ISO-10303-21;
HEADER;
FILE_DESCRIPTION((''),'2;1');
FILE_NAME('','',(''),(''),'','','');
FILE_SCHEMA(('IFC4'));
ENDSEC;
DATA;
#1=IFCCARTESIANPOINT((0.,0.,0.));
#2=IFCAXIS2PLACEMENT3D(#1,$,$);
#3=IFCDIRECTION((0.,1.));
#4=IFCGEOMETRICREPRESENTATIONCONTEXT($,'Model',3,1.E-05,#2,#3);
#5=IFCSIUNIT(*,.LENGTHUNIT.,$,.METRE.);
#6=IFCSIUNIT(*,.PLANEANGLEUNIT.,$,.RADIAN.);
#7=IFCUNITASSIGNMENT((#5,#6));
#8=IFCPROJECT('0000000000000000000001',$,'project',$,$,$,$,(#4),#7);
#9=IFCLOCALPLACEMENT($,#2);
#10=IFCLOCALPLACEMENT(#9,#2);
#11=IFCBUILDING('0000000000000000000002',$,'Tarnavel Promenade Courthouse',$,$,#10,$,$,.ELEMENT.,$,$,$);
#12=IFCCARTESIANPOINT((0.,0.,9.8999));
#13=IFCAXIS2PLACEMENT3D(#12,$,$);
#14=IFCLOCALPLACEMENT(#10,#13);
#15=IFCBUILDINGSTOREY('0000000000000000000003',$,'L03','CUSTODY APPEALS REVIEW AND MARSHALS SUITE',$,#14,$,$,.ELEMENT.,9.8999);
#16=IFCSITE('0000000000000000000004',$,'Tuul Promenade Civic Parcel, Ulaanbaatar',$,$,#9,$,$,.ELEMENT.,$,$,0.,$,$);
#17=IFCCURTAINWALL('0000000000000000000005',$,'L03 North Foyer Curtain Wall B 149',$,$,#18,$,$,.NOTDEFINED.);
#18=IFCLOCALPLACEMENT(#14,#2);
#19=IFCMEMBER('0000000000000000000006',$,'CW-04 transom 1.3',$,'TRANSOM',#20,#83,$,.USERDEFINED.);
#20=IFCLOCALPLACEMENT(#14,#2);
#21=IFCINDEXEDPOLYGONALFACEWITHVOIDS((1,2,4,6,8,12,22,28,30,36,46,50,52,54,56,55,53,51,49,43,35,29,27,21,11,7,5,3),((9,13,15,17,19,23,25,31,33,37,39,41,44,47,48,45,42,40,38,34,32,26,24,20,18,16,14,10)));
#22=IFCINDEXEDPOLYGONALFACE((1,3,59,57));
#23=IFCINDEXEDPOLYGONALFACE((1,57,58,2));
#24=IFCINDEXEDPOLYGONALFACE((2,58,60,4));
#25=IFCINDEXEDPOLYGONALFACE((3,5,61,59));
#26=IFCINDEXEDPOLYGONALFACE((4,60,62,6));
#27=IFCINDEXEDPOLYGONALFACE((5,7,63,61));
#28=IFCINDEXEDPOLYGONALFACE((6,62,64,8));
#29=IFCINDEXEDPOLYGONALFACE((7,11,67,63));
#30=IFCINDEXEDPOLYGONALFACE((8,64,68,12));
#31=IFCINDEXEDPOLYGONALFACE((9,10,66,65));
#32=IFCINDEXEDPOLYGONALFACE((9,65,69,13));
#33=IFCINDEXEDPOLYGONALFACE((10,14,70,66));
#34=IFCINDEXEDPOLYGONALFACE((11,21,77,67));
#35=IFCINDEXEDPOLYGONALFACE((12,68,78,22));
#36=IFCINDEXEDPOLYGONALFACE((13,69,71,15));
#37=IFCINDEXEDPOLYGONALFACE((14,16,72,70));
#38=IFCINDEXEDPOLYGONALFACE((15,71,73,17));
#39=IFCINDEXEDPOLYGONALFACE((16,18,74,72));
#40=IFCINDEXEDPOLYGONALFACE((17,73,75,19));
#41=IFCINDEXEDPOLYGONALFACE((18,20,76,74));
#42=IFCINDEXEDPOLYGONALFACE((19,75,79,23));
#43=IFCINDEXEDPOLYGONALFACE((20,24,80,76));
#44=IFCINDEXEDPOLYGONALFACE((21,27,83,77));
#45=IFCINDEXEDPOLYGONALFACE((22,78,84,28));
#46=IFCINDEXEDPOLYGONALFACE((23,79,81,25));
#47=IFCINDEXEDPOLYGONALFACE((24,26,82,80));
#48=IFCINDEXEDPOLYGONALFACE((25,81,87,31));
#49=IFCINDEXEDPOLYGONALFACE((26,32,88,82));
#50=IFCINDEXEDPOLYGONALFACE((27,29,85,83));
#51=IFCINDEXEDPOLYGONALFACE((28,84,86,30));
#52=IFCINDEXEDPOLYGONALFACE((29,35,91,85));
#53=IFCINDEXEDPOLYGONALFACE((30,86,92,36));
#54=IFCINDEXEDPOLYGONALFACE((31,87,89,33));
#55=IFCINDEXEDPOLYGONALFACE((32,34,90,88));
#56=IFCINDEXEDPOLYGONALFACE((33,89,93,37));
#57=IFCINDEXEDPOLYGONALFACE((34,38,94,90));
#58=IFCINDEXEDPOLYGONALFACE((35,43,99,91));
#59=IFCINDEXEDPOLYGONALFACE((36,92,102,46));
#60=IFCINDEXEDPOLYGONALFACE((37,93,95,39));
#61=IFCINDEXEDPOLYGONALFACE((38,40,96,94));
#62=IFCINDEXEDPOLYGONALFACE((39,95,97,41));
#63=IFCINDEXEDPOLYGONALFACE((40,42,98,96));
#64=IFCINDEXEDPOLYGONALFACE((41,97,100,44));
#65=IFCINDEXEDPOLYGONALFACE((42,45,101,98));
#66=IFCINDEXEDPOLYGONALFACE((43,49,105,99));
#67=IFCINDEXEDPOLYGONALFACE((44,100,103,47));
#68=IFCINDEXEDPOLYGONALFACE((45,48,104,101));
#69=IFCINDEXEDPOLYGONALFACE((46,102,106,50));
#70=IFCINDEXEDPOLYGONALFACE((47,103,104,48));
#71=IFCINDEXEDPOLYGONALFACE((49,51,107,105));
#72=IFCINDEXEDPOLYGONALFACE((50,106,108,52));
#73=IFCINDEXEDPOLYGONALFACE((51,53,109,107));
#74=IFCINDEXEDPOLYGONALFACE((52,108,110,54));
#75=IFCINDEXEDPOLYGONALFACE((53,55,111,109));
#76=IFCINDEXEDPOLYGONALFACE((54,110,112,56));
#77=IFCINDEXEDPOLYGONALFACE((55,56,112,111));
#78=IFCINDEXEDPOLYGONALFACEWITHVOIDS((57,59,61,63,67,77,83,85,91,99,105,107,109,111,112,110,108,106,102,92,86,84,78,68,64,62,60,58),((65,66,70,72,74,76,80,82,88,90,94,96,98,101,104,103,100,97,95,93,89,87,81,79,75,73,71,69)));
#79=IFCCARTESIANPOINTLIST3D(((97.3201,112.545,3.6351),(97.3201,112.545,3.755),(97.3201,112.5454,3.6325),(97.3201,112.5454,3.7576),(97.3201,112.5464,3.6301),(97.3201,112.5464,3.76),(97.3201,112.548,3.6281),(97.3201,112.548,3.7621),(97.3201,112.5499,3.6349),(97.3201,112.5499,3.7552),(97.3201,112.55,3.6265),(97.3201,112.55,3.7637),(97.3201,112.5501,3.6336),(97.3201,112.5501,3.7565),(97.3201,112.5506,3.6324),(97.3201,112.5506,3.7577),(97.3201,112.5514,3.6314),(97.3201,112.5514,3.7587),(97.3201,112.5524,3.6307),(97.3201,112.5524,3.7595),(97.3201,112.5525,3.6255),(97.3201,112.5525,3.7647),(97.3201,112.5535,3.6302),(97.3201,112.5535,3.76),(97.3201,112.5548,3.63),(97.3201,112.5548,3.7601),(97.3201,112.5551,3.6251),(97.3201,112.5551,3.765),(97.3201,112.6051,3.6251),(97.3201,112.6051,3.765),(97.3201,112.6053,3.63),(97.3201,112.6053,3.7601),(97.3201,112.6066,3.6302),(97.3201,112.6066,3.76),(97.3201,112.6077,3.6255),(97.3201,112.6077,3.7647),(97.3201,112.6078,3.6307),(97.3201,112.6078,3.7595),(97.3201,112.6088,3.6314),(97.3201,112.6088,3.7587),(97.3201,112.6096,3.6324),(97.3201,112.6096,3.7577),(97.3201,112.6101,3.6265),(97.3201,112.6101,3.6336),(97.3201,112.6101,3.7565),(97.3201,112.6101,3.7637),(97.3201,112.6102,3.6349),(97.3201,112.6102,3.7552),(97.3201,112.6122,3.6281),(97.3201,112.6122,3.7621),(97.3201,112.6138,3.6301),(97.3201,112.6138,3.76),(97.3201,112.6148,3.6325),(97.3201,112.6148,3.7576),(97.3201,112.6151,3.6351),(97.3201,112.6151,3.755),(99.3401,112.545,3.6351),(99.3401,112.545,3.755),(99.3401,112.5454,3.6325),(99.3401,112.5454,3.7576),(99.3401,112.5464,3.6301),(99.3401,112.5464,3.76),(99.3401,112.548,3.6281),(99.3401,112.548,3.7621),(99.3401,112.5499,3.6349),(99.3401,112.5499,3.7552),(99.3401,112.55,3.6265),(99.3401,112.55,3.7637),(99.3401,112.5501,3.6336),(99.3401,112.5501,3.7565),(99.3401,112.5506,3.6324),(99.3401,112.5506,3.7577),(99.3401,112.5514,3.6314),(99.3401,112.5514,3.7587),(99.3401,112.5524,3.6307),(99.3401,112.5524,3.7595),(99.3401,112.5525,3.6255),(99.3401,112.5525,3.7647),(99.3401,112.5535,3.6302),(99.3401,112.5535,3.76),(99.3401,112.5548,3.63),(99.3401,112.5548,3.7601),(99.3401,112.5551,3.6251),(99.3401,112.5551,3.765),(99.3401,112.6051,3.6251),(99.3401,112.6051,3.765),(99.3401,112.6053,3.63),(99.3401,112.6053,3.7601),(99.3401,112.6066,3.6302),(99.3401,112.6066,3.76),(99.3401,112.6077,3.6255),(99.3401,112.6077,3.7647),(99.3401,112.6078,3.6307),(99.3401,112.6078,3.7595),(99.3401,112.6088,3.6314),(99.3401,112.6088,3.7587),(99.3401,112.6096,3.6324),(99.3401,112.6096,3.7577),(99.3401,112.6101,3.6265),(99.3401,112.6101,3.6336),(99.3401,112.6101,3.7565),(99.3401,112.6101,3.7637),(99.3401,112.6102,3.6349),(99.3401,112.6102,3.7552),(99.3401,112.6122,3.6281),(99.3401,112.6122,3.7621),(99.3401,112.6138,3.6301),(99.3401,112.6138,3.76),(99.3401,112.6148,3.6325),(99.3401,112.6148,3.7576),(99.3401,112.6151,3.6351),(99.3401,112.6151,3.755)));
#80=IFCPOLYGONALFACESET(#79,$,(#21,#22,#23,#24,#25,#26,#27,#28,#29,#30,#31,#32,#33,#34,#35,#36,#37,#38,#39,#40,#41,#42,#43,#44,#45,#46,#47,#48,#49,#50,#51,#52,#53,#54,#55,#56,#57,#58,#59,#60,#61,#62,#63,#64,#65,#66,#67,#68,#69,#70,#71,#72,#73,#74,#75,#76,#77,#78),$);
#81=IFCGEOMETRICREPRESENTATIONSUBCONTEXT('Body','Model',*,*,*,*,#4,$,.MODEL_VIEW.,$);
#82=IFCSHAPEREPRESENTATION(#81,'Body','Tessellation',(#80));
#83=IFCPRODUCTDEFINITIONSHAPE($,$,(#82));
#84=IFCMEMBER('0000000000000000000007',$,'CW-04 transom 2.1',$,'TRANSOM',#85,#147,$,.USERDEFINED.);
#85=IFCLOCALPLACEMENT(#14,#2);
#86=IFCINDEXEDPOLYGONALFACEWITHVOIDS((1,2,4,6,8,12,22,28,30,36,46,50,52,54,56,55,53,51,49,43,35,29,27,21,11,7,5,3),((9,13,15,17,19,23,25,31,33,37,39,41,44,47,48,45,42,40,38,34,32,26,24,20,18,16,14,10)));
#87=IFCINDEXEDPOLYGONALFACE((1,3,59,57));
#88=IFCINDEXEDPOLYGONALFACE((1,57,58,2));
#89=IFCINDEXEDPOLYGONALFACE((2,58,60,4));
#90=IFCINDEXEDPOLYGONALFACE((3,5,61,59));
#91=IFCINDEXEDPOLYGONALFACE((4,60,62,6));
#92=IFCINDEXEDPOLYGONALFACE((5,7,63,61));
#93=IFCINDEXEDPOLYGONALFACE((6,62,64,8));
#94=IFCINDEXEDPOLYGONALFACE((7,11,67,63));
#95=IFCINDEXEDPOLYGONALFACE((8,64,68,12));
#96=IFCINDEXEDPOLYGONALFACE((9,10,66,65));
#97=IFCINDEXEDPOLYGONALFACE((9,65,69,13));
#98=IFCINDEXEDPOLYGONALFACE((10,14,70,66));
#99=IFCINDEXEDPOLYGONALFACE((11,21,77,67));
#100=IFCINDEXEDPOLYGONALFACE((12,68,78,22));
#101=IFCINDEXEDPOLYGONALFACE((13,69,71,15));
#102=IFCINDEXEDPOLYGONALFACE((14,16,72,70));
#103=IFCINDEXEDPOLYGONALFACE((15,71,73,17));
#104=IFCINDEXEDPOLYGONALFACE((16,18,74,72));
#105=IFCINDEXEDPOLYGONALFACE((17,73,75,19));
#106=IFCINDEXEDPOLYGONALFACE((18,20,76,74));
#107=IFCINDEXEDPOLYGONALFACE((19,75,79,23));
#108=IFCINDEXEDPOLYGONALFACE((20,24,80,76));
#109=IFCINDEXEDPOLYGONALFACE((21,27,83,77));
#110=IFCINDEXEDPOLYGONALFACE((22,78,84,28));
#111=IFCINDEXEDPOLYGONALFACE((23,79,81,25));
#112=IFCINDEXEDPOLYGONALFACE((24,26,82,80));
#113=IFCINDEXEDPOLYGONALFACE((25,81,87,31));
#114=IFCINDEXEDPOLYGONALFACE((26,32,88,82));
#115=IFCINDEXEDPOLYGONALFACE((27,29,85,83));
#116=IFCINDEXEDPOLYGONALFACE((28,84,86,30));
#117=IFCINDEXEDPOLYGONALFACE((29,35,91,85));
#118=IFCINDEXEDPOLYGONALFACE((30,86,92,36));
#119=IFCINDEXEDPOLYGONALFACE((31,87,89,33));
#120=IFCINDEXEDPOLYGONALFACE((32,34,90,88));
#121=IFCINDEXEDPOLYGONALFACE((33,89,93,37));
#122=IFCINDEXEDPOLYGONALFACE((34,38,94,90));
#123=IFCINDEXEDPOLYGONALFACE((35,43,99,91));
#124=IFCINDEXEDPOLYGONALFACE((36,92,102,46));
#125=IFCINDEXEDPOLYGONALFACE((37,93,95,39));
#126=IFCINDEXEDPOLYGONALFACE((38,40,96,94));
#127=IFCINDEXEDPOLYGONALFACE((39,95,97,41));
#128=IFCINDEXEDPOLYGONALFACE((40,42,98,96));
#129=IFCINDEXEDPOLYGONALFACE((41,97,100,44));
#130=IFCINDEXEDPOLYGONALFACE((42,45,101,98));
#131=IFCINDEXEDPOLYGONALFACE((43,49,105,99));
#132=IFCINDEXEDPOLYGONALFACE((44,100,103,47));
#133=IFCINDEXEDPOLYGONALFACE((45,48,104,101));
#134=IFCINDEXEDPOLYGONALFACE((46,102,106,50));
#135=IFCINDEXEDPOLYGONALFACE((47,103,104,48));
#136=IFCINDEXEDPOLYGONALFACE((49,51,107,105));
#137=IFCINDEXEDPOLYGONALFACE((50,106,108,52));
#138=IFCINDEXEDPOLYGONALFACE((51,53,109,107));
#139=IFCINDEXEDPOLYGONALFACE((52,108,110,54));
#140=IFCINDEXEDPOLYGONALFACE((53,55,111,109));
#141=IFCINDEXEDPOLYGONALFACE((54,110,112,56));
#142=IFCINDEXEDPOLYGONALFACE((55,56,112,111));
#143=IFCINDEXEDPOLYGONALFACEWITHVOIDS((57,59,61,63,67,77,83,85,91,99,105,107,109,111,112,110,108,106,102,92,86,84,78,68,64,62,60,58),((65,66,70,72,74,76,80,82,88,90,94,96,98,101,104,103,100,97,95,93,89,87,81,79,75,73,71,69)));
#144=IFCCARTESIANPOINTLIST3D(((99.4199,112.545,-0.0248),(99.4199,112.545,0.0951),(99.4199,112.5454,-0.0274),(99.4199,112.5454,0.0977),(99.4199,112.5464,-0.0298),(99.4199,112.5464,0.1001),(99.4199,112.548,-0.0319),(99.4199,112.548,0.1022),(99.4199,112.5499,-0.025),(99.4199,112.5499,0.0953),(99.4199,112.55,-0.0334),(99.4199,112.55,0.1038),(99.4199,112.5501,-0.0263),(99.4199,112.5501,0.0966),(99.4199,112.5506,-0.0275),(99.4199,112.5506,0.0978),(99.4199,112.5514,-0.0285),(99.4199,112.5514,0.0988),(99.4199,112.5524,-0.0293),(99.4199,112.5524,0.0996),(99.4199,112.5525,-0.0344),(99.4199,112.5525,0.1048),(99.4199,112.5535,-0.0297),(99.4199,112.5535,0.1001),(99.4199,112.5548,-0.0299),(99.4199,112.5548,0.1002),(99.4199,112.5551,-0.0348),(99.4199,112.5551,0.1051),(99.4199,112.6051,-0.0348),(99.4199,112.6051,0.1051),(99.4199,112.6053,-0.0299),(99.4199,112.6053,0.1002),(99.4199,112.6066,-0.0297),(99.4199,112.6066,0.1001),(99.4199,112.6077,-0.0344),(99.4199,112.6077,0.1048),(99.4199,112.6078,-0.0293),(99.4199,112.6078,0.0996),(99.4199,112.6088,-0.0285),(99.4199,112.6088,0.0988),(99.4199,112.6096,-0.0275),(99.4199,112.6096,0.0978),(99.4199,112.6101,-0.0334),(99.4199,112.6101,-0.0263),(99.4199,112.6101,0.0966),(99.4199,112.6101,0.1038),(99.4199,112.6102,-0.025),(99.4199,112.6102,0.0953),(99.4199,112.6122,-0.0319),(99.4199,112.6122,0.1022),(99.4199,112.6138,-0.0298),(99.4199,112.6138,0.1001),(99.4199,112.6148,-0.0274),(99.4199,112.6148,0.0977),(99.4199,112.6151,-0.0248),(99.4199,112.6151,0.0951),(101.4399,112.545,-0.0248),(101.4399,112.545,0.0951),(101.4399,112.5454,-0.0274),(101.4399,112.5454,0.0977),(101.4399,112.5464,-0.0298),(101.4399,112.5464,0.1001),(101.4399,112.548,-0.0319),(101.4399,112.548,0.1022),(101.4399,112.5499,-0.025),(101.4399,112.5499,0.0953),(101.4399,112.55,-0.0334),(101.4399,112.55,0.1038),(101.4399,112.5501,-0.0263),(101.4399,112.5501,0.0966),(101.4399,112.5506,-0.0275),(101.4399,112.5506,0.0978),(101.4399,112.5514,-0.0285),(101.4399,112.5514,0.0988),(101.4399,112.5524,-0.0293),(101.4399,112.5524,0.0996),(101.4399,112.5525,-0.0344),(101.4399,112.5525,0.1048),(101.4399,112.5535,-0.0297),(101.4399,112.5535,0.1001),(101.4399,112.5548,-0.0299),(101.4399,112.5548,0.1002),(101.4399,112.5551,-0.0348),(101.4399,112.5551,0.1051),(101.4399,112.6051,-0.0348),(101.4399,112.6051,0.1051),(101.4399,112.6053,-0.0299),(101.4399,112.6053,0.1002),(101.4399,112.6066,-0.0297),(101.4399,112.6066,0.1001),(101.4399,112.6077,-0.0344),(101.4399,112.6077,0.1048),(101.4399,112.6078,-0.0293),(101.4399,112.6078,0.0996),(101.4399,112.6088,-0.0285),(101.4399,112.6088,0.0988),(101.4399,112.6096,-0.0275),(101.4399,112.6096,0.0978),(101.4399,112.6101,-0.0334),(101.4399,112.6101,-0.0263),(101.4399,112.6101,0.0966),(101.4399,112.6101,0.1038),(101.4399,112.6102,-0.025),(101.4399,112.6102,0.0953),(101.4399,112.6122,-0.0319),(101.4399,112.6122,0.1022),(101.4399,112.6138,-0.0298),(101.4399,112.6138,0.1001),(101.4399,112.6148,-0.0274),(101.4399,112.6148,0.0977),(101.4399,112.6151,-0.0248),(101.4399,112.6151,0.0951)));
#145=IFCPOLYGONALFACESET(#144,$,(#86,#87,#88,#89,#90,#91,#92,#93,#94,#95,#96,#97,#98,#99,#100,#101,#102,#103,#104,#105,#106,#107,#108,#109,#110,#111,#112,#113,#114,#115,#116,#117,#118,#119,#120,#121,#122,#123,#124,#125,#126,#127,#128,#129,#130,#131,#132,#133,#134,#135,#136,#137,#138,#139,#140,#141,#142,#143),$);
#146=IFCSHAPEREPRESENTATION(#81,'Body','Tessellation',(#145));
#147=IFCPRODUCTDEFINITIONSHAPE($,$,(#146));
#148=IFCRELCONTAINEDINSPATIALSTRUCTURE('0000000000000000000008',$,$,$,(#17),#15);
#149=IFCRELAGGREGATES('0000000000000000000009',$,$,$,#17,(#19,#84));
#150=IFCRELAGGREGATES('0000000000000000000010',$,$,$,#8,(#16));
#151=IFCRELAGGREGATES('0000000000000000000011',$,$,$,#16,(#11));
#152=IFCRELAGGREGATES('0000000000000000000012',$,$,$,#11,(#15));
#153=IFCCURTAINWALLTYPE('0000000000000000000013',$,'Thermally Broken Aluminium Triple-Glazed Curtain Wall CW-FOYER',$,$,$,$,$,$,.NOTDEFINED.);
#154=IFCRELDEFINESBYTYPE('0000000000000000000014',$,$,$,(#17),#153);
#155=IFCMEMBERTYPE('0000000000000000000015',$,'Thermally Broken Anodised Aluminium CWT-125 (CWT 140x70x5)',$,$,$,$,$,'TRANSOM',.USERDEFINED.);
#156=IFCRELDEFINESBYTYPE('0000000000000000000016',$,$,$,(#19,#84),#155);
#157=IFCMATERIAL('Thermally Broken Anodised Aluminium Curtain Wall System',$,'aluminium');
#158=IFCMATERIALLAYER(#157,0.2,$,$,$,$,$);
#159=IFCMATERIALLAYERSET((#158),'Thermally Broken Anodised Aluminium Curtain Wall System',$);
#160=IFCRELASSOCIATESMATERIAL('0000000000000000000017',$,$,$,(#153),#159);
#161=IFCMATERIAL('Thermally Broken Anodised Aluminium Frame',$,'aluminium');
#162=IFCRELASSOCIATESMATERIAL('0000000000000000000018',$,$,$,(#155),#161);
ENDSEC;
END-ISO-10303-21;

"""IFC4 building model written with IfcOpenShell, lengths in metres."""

from ifc_helpers import new_model, si_unit, direction, frame, origin, origin_2d, place, context, subcontext, project, spatial, hollow_rectangle, extrude, material, layer, layer_set, material_profile, profile_set, type_object, element, aggregate, save


model = new_model("IFC4")

# Units and contexts
model_context = context("Model", 3, precision=1e-05, world=origin(), true_north=direction((0.0, 1.0)))
body_context = subcontext(model_context, "Body", "Model", "MODEL_VIEW")
ifc_project = project(units=[si_unit("LENGTHUNIT", "METRE"), si_unit("PLANEANGLEUNIT", "RADIAN")], contexts=[model_context])

# Site, building, storey
site_placement = place(None, origin())
site = spatial("IfcSite", under=ifc_project, at=site_placement, Name="Tuul Promenade Civic Parcel, Ulaanbaatar", CompositionType="ELEMENT", RefElevation=0.0)
building_placement = place(site_placement, origin())
building = spatial("IfcBuilding", under=site, at=building_placement, Name="Tarnavel Promenade Courthouse", CompositionType="ELEMENT")
storey_placement = place(building_placement, frame((0.0, 0.0, 9.8999)))
storey = spatial("IfcBuildingStorey", under=building, at=storey_placement, Name="L03", Description="CUSTODY APPEALS REVIEW AND MARSHALS SUITE", CompositionType="ELEMENT", Elevation=9.8999)

# Shared definitions
ifc_material_1 = material(Name="Thermally Broken Anodised Aluminium Curtain Wall System", Category="aluminium")
ifc_layer_1 = layer(ifc_material_1, 0.2)
ifc_layer_set_1 = layer_set([ifc_layer_1], Name="Thermally Broken Anodised Aluminium Curtain Wall System")
curtain_wall_type = type_object("IfcCurtainWallType", Name="Thermally Broken Aluminium Triple-Glazed Curtain Wall CW-FOYER", PredefinedType="NOTDEFINED", material=ifc_layer_set_1)
ifc_material_2 = material(Name="Thermally Broken Anodised Aluminium Frame", Category="aluminium")

# Curtain wall, members
curtain_wall_1_placement = place(storey_placement, origin())
curtain_wall_1 = element("IfcCurtainWall", 1, at=curtain_wall_1_placement, inside=storey, type_object=curtain_wall_type, Name="L03 North Foyer Curtain Wall B 149", PredefinedType="NOTDEFINED")
ifc_material_profile_1 = material_profile(ifc_material_2, hollow_rectangle(XDim=0.0701, YDim=0.1399, WallThickness=0.0049, InnerFilletRadius=0.0049, OuterFilletRadius=0.01, at=origin_2d()), Name="CWT 140x70x5")
ifc_profile_set_1 = profile_set([ifc_material_profile_1], Name="Thermally Broken Anodised Aluminium Frame")
member_type_1 = type_object("IfcMemberType", Name="Thermally Broken Anodised Aluminium CWT-125 (CWT 140x70x5)", ElementType="TRANSOM", PredefinedType="USERDEFINED", material=ifc_profile_set_1)
member_1_placement = place(storey_placement, frame((97.3201, 112.5801, 3.6951), z_axis=(1.0, 0.0, 0.0), x_axis=(0.0, 1.0, 0.0)))
member_1 = element("IfcMember", 2, at=member_1_placement, type_object=member_type_1, Name="CW-04 transom 1.3", ObjectType="TRANSOM", PredefinedType="USERDEFINED", context=body_context, shape_type="SweptSolid", body=[
    extrude(hollow_rectangle(XDim=0.0701, YDim=0.1399, WallThickness=0.0049, InnerFilletRadius=0.0049, OuterFilletRadius=0.01, at=origin_2d()), origin(), (0.0, 0.0, 1.0), 2.02),
])
member_2_placement = place(storey_placement, frame((99.4199, 112.5801, 0.0352), z_axis=(1.0, 0.0, 0.0), x_axis=(0.0, 1.0, 0.0)))
member_2 = element("IfcMember", 3, at=member_2_placement, type_object=member_type_1, Name="CW-04 transom 2.1", ObjectType="TRANSOM", PredefinedType="USERDEFINED", context=body_context, shape_type="SweptSolid", body=[
    extrude(hollow_rectangle(XDim=0.0701, YDim=0.1399, WallThickness=0.0049, InnerFilletRadius=0.0049, OuterFilletRadius=0.01, at=origin_2d()), origin(), (0.0, 0.0, 1.0), 2.02),
])
aggregate(curtain_wall_1, [member_1, member_2])

save(model, "model.ifc")
